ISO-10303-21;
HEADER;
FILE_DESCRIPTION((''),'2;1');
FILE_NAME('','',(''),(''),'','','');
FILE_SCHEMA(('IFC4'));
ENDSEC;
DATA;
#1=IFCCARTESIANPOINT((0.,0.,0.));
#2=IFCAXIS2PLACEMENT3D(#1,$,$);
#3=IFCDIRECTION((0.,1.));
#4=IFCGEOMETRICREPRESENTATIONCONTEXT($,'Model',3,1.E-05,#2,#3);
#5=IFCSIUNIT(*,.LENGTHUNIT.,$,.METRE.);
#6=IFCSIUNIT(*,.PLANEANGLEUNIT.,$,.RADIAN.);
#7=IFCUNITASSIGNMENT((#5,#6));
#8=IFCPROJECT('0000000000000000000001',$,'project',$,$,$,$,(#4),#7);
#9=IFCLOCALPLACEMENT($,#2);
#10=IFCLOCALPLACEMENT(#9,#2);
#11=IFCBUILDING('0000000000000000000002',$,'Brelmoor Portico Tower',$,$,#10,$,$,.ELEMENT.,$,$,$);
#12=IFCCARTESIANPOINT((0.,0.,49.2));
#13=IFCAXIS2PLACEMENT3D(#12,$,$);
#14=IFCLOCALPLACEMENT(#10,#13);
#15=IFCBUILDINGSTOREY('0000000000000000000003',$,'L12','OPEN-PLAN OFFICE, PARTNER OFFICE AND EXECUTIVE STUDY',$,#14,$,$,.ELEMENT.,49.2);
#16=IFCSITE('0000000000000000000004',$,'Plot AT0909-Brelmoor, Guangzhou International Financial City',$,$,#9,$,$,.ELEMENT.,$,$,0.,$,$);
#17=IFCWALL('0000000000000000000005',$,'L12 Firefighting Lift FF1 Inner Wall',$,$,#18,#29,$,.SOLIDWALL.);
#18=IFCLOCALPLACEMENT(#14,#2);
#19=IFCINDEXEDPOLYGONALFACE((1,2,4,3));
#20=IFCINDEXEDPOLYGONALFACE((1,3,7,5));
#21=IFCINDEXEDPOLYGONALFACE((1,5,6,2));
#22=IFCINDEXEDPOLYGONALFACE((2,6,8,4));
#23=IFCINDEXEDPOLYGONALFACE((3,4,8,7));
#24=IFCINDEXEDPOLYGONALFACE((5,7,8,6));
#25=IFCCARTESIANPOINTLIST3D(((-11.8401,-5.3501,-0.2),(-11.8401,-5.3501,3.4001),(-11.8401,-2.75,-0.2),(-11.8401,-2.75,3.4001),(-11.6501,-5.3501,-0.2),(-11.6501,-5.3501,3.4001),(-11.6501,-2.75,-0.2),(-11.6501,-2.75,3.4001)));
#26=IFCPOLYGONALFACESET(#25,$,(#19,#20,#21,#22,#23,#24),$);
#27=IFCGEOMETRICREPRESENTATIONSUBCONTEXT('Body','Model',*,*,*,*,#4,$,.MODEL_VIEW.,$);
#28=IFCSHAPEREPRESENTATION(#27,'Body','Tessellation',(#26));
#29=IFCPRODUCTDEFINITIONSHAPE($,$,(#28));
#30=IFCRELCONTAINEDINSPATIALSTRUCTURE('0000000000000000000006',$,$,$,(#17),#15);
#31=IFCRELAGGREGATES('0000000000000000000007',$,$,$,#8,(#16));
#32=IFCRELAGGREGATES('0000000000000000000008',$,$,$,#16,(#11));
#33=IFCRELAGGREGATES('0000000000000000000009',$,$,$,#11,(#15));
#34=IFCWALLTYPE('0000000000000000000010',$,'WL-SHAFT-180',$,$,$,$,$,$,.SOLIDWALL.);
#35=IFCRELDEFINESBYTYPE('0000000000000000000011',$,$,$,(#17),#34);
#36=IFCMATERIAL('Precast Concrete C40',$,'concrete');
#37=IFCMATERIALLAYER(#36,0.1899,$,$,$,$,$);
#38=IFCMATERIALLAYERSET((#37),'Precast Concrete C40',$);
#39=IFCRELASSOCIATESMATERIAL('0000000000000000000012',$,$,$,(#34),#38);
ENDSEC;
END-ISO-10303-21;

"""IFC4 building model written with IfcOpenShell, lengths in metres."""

from ifc_helpers import new_model, si_unit, direction, frame, frame_2d, origin, place, context, subcontext, project, spatial, rectangle, extrude, material, layer, layer_set, type_object, element, save


model = new_model("IFC4")

# Units and contexts
model_context = context("Model", 3, precision=1e-05, world=origin(), true_north=direction((0.0, 1.0)))
body_context = subcontext(model_context, "Body", "Model", "MODEL_VIEW")
ifc_project = project(units=[si_unit("LENGTHUNIT", "METRE"), si_unit("PLANEANGLEUNIT", "RADIAN")], contexts=[model_context])

# Site, building, storey
site_placement = place(None, origin())
site = spatial("IfcSite", under=ifc_project, at=site_placement, Name="Plot AT0909-Brelmoor, Guangzhou International Financial City", CompositionType="ELEMENT", RefElevation=0.0)
building_placement = place(site_placement, origin())
building = spatial("IfcBuilding", under=site, at=building_placement, Name="Brelmoor Portico Tower", CompositionType="ELEMENT")
storey_placement = place(building_placement, frame((0.0, 0.0, 49.2)))
storey = spatial("IfcBuildingStorey", under=building, at=storey_placement, Name="L12", Description="OPEN-PLAN OFFICE, PARTNER OFFICE AND EXECUTIVE STUDY", CompositionType="ELEMENT", Elevation=49.2)

# Shared definitions
ifc_material_1 = material(Name="Precast Concrete C40", Category="concrete")
ifc_layer_1 = layer(ifc_material_1, 0.1899)
ifc_layer_set_1 = layer_set([ifc_layer_1], Name="Precast Concrete C40")
wall_type_1 = type_object("IfcWallType", Name="WL-SHAFT-180", PredefinedType="SOLIDWALL", material=ifc_layer_set_1)

# Wall
wall_1_placement = place(storey_placement, frame((-11.7451, -5.3501, -0.2), z_axis=(0.0, 0.0, 1.0), x_axis=(0.0, 1.0, 0.0)))
element("IfcWall", 1, at=wall_1_placement, inside=storey, type_object=wall_type_1, Name="L12 Firefighting Lift FF1 Inner Wall", PredefinedType="SOLIDWALL", context=body_context, shape_type="SweptSolid", body=[
    extrude(rectangle(XDim=2.6001, YDim=0.1899, at=frame_2d((1.3, 0.0))), origin(), (0.0, 0.0, 1.0), 3.6001),
])

save(model, "model.ifc")
